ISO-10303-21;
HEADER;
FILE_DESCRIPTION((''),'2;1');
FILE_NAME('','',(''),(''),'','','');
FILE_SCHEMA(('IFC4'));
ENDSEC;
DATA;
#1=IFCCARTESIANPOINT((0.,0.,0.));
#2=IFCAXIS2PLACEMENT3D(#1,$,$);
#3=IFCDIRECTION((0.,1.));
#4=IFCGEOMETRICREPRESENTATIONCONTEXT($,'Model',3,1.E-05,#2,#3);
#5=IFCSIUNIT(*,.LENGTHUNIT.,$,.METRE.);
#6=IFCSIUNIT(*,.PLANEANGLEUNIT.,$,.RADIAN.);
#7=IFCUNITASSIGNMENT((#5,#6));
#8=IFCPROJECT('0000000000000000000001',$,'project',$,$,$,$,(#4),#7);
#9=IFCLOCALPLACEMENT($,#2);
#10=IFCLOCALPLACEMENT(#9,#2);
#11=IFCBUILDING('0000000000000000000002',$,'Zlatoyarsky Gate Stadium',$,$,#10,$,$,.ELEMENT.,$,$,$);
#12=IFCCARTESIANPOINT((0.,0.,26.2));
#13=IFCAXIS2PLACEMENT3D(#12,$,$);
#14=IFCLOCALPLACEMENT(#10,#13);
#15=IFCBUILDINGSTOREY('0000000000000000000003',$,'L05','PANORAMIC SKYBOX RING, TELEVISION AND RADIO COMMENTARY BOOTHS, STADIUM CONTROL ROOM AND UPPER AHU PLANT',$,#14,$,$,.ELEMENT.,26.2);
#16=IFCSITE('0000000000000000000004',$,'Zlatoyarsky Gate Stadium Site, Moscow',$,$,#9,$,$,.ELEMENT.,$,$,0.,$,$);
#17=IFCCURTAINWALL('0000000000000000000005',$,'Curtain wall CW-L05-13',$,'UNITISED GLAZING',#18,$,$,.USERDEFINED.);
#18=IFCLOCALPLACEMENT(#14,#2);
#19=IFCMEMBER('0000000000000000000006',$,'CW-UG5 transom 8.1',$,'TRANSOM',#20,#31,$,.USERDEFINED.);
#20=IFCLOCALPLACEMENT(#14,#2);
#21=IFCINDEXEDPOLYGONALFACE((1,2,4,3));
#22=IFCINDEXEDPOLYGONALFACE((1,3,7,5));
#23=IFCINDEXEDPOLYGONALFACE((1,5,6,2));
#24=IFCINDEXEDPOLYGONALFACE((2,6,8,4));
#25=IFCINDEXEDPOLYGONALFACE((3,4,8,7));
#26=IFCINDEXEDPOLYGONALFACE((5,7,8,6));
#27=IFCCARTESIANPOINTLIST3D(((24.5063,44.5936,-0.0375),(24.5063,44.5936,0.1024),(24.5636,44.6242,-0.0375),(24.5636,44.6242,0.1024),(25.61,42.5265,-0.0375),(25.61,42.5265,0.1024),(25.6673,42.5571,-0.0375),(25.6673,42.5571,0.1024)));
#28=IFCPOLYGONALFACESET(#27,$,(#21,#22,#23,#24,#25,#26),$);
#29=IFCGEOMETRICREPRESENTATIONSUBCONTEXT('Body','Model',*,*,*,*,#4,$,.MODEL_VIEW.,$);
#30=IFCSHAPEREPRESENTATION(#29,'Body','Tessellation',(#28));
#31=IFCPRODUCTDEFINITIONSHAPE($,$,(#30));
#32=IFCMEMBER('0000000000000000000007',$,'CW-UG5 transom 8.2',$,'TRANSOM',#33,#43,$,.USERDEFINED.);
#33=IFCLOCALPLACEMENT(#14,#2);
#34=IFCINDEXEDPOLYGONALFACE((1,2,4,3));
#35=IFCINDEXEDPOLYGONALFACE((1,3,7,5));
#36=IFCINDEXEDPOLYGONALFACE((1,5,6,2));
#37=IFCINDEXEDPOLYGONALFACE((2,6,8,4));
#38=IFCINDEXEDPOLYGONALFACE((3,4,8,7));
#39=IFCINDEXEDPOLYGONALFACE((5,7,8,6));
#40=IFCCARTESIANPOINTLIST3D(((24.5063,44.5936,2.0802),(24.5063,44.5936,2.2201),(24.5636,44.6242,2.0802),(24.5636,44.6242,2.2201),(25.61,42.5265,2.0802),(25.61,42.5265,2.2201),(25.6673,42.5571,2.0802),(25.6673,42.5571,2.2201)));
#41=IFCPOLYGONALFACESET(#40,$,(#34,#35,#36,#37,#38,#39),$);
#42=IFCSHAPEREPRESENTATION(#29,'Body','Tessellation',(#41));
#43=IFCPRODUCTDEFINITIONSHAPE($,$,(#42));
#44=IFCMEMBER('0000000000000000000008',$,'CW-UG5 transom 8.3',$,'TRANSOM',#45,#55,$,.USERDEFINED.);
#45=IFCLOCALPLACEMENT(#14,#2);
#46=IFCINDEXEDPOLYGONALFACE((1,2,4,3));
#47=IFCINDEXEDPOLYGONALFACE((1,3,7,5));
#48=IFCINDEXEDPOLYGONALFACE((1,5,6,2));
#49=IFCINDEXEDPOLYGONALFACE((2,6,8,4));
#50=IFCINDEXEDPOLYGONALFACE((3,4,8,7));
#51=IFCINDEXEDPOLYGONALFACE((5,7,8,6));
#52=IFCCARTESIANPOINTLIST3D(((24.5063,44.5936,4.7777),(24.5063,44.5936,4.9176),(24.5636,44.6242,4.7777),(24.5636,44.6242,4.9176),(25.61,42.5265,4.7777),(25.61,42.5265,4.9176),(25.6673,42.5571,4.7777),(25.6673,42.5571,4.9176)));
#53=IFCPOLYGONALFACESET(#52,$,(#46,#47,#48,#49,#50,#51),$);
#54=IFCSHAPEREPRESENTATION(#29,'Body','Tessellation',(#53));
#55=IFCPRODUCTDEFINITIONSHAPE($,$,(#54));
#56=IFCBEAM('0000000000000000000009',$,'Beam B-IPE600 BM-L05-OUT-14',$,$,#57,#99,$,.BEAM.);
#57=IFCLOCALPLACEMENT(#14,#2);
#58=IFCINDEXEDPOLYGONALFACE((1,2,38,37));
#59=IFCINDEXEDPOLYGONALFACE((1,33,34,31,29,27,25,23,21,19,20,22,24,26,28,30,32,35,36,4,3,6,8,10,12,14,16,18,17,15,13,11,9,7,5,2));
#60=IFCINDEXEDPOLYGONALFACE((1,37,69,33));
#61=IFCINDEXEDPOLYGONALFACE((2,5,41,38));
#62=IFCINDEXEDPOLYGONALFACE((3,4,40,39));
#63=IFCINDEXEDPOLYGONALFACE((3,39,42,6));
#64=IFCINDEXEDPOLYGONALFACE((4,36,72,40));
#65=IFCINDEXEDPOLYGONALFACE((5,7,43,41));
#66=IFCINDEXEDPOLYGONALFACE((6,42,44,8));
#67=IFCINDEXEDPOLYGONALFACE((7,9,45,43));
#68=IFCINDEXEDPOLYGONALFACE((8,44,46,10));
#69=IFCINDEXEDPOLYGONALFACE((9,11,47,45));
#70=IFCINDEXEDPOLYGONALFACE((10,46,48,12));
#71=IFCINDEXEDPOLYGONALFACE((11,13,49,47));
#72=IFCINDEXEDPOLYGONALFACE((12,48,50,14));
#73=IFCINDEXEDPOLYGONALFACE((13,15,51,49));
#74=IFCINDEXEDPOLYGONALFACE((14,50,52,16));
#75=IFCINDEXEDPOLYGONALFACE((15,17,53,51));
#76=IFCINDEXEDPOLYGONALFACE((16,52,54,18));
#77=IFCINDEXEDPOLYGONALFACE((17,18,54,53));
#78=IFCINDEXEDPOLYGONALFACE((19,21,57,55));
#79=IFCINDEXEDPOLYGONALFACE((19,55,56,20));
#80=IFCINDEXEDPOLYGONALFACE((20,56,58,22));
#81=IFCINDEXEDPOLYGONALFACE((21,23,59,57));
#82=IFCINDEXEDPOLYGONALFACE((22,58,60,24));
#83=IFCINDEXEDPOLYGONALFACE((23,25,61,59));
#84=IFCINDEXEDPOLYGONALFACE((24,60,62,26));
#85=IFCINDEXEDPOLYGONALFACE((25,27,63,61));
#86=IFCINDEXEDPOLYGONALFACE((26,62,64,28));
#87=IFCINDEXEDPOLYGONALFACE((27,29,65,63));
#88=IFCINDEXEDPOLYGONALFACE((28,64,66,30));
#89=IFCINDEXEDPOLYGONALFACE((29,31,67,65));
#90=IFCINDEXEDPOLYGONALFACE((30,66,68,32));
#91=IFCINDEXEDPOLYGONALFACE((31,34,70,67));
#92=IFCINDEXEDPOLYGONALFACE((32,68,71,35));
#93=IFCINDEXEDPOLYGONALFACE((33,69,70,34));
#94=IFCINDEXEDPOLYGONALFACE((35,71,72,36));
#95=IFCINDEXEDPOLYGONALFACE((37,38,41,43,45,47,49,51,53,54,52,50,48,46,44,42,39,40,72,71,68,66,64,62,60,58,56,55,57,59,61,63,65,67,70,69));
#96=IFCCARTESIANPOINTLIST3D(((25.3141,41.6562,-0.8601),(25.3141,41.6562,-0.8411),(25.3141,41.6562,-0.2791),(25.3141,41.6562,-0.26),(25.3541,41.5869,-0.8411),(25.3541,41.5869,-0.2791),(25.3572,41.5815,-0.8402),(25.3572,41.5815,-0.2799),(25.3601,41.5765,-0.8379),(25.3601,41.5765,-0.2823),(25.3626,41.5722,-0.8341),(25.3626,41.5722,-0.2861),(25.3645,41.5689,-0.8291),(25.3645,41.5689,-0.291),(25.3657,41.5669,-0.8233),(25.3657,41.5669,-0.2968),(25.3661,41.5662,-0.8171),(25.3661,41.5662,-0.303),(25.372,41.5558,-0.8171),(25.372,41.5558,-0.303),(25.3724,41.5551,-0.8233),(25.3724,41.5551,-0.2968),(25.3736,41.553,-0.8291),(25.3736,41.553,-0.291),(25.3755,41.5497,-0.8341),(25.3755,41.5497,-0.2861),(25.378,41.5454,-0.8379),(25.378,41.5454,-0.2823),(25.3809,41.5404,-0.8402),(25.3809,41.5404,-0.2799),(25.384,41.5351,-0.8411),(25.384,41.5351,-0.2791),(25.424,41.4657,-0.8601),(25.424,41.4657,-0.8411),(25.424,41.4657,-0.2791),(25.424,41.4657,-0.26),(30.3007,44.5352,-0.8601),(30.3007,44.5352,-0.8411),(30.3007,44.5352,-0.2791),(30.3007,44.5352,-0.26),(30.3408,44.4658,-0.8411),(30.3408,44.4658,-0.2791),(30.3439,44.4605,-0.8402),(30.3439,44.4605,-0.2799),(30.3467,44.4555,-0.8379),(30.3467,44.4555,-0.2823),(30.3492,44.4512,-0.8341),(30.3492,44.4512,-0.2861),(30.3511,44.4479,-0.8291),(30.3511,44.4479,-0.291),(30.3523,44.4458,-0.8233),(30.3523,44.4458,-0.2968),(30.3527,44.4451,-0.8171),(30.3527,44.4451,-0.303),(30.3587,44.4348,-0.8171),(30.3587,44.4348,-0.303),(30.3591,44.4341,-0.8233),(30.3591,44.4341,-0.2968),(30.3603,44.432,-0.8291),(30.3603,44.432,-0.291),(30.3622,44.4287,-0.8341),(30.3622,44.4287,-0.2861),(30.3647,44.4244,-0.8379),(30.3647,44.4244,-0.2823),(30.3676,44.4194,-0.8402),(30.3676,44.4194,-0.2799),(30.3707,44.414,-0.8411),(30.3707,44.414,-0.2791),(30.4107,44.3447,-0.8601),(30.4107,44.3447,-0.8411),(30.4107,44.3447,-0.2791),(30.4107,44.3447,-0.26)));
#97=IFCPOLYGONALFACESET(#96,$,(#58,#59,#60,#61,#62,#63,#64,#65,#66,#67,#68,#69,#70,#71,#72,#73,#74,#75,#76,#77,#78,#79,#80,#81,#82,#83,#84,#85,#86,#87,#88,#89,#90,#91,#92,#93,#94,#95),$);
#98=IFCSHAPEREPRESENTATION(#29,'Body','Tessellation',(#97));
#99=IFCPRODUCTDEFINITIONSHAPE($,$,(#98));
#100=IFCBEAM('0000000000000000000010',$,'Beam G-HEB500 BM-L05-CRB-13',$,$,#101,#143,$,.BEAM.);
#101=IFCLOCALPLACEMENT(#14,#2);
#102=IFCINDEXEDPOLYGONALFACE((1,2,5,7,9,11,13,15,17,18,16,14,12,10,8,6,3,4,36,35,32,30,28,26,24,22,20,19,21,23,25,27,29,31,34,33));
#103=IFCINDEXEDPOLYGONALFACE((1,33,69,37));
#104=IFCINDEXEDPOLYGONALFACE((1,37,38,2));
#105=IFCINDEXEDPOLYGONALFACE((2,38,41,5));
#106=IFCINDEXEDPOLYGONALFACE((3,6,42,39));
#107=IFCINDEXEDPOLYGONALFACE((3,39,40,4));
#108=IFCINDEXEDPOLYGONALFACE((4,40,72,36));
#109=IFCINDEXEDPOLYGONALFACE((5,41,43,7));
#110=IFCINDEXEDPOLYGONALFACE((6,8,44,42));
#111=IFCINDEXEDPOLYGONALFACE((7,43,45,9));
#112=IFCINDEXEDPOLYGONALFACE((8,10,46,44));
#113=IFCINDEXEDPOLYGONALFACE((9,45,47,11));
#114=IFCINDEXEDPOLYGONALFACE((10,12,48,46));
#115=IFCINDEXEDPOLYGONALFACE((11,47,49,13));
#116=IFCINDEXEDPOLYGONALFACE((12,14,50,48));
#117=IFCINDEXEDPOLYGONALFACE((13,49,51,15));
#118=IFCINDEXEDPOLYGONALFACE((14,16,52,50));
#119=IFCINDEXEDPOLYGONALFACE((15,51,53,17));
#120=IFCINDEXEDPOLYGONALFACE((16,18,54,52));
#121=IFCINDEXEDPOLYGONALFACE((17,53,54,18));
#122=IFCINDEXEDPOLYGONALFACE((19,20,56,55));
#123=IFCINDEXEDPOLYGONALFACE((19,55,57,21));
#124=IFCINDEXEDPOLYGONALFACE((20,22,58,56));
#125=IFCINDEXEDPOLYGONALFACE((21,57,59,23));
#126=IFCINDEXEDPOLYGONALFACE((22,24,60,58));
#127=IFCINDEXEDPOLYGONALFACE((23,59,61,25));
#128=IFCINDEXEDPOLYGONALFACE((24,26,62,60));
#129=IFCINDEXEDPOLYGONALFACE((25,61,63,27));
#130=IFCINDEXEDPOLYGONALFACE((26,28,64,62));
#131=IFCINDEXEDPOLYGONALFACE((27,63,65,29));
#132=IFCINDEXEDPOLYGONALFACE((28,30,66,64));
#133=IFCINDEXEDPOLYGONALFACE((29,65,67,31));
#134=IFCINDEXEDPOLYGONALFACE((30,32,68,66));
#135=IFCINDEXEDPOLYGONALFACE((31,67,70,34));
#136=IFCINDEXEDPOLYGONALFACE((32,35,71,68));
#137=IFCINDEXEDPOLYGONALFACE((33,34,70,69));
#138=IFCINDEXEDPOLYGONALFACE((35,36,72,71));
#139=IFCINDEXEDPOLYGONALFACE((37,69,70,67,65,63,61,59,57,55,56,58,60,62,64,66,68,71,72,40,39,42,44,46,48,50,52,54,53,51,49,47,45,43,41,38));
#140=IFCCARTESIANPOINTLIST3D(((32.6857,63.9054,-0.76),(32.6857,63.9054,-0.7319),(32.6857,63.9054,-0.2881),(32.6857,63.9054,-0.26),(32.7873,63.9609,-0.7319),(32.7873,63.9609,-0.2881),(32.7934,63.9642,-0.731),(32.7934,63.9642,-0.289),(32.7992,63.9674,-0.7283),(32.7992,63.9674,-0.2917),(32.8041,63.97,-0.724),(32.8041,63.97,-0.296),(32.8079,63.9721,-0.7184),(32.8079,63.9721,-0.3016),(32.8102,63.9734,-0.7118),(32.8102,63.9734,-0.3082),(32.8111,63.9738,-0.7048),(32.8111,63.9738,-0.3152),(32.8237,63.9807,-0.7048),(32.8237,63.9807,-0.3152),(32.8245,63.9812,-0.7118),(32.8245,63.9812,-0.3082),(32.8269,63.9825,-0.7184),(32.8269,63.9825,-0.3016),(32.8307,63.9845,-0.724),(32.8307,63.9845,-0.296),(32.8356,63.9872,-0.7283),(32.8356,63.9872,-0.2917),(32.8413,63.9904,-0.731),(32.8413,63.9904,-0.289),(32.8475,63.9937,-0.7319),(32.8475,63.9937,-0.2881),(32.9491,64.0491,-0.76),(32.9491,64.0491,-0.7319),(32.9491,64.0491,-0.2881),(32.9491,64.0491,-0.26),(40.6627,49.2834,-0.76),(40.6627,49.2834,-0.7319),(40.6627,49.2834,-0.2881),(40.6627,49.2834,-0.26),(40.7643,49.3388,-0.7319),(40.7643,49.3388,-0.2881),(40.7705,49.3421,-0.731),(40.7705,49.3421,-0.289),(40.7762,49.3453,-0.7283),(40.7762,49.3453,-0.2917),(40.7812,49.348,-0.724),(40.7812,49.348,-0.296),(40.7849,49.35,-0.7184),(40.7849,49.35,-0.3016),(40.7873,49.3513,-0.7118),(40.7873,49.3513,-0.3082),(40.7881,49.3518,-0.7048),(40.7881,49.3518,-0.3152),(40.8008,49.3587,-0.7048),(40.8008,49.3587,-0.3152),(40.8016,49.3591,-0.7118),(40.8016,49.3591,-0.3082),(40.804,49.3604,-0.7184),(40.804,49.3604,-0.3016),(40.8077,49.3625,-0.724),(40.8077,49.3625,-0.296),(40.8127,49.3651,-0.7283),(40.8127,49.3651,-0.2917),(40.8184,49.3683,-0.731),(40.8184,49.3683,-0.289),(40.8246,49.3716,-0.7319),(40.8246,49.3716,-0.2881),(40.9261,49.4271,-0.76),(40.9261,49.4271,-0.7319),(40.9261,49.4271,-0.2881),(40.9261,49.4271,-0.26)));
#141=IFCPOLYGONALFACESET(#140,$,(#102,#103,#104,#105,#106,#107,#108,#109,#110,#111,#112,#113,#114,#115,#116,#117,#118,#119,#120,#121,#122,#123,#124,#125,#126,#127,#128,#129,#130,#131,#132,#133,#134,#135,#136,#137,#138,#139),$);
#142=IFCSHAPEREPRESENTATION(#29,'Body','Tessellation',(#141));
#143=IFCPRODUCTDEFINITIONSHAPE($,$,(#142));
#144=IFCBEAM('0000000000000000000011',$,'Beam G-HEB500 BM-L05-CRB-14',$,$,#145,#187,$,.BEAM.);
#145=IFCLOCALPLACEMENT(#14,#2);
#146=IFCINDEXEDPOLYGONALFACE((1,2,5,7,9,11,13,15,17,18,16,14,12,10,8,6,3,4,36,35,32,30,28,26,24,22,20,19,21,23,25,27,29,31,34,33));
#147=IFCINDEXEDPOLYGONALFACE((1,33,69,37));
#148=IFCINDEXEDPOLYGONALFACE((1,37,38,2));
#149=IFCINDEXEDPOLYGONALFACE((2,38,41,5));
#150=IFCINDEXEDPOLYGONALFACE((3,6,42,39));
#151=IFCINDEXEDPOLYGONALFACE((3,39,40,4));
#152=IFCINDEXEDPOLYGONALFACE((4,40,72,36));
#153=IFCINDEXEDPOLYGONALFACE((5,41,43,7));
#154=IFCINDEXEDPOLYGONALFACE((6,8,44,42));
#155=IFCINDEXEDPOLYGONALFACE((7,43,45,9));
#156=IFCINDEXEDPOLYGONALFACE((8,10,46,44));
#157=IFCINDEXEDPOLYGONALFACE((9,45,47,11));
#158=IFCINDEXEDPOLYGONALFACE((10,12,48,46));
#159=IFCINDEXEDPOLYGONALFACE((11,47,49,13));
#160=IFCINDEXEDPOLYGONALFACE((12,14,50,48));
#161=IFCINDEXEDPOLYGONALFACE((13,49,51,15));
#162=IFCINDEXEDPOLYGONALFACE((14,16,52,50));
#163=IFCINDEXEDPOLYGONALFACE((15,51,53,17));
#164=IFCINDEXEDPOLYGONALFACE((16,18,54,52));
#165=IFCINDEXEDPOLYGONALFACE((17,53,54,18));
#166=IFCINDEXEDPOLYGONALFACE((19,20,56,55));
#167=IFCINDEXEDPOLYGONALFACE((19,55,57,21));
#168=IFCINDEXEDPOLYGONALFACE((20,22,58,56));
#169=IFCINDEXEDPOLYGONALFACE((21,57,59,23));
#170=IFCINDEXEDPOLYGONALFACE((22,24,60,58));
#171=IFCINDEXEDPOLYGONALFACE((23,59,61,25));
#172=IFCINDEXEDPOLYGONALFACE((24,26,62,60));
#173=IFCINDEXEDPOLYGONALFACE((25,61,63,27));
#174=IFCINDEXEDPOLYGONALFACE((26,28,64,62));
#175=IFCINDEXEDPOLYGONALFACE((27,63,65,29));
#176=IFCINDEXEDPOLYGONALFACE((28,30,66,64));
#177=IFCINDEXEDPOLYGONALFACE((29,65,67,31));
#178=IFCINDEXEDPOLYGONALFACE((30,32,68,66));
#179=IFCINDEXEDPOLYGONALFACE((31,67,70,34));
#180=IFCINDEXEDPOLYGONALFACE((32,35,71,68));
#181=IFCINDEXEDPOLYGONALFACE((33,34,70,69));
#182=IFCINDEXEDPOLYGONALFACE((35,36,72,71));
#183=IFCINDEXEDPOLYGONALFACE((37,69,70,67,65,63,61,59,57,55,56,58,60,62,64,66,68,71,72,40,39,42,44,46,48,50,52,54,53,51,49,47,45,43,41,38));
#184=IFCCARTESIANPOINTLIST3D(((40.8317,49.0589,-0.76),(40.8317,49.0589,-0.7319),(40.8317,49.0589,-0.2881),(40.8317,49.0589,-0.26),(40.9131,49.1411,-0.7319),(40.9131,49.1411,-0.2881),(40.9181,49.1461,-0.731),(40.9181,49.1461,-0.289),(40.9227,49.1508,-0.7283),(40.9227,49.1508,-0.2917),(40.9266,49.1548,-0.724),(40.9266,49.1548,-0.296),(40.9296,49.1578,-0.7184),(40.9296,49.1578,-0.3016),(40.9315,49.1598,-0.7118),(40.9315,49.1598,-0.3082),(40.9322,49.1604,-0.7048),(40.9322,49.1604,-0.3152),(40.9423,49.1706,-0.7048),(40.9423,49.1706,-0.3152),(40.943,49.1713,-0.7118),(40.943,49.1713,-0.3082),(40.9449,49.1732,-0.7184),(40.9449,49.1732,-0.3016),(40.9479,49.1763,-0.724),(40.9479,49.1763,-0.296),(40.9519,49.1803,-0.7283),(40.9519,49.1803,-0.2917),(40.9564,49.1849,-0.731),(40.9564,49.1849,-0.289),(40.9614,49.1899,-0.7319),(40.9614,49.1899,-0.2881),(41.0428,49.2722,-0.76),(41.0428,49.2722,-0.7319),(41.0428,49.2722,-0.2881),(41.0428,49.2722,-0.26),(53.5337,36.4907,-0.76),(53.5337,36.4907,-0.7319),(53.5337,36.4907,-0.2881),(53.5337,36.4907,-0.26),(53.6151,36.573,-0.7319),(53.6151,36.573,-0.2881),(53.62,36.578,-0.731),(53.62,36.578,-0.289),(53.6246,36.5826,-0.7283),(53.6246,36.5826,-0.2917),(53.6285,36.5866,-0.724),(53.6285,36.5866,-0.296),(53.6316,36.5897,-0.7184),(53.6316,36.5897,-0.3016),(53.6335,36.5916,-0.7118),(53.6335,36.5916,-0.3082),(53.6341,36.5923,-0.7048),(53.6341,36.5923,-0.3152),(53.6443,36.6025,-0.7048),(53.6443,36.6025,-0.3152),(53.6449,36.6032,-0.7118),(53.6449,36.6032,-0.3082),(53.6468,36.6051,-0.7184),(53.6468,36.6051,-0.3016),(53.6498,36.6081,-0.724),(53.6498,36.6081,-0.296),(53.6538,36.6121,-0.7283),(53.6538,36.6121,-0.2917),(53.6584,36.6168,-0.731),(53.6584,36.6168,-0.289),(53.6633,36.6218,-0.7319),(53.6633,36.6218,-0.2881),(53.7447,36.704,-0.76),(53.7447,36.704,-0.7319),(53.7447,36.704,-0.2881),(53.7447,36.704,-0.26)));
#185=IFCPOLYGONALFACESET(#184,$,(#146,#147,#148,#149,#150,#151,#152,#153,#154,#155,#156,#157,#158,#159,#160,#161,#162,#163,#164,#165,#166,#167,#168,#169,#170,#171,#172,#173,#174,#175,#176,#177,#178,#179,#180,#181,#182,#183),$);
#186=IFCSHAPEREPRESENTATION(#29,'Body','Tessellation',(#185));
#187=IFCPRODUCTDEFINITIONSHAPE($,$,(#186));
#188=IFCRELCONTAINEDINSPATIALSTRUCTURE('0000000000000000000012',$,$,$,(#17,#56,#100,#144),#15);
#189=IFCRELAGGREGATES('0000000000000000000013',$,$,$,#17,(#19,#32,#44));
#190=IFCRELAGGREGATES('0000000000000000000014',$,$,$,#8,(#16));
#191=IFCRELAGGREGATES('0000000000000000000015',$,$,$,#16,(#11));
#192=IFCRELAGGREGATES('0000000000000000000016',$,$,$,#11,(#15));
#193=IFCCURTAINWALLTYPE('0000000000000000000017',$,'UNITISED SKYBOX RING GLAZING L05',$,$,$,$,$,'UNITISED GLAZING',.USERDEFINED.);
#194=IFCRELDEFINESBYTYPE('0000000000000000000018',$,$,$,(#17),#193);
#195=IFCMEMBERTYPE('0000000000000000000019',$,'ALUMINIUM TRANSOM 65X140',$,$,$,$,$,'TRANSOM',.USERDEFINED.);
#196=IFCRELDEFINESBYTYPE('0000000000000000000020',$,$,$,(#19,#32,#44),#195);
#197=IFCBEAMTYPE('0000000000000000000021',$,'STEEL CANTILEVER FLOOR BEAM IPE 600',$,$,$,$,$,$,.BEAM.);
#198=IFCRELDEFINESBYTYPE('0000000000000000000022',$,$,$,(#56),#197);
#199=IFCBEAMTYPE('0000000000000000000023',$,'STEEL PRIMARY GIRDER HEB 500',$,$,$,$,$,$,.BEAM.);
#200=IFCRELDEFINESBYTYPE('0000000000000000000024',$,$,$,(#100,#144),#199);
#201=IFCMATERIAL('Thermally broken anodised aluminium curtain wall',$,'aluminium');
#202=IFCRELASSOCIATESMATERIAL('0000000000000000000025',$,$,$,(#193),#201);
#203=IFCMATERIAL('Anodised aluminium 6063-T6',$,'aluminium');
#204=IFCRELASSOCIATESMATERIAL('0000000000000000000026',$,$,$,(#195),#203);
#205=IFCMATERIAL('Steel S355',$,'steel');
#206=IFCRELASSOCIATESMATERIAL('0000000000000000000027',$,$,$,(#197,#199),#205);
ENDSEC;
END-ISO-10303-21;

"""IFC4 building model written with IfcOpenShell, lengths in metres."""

from ifc_helpers import new_model, si_unit, direction, frame, origin, origin_2d, place, context, subcontext, project, spatial, rectangle, i_section, extrude, material, material_profile, profile_set, type_object, element, aggregate, save


model = new_model("IFC4")

# Units and contexts
model_context = context("Model", 3, precision=1e-05, world=origin(), true_north=direction((0.0, 1.0)))
body_context = subcontext(model_context, "Body", "Model", "MODEL_VIEW")
ifc_project = project(units=[si_unit("LENGTHUNIT", "METRE"), si_unit("PLANEANGLEUNIT", "RADIAN")], contexts=[model_context])

# Site, building, storey
site_placement = place(None, origin())
site = spatial("IfcSite", under=ifc_project, at=site_placement, Name="Zlatoyarsky Gate Stadium Site, Moscow", CompositionType="ELEMENT", RefElevation=0.0)
building_placement = place(site_placement, origin())
building = spatial("IfcBuilding", under=site, at=building_placement, Name="Zlatoyarsky Gate Stadium", CompositionType="ELEMENT")
storey_placement = place(building_placement, frame((0.0, 0.0, 26.2)))
storey = spatial("IfcBuildingStorey", under=building, at=storey_placement, Name="L05", Description="PANORAMIC SKYBOX RING, TELEVISION AND RADIO COMMENTARY BOOTHS, STADIUM CONTROL ROOM AND UPPER AHU PLANT", CompositionType="ELEMENT", Elevation=26.2)

# Shared definitions
ifc_material_1 = material(Name="Steel S355", Category="steel")

# Curtain wall, members
ifc_material_2 = material(Name="Thermally broken anodised aluminium curtain wall", Category="aluminium")
curtain_wall_type = type_object("IfcCurtainWallType", Name="UNITISED SKYBOX RING GLAZING L05", ElementType="UNITISED GLAZING", PredefinedType="USERDEFINED", material=ifc_material_2)
curtain_wall_placement = place(storey_placement, origin())
curtain_wall = element("IfcCurtainWall", 1, at=curtain_wall_placement, inside=storey, type_object=curtain_wall_type, Name="Curtain wall CW-L05-13", ObjectType="UNITISED GLAZING", PredefinedType="USERDEFINED")
ifc_material_3 = material(Name="Anodised aluminium 6063-T6", Category="aluminium")
ifc_material_profile_1 = material_profile(ifc_material_3, rectangle(XDim=0.0649, YDim=0.1399, at=origin_2d()), Name="ALU 65X140")
ifc_profile_set_1 = profile_set([ifc_material_profile_1], Name="Anodised aluminium 6063-T6")
member_type_1 = type_object("IfcMemberType", Name="ALUMINIUM TRANSOM 65X140", ElementType="TRANSOM", PredefinedType="USERDEFINED", material=ifc_profile_set_1)
member_1_placement = place(storey_placement, frame((24.5349, 44.6089, 0.0325), z_axis=(0.471015, -0.882125, 0.0), x_axis=(0.882125, 0.471015, 0.0)))
member_1 = element("IfcMember", 2, at=member_1_placement, type_object=member_type_1, Name="CW-UG5 transom 8.1", ObjectType="TRANSOM", PredefinedType="USERDEFINED", context=body_context, shape_type="SweptSolid", body=[
    extrude(rectangle(XDim=0.0649, YDim=0.1399, at=origin_2d()), origin(), (0.0, 0.0, 1.0), 2.3433),
])
member_2_placement = place(storey_placement, frame((24.5349, 44.6089, 2.1501), z_axis=(0.471015, -0.882125, 0.0), x_axis=(0.882125, 0.471015, 0.0)))
member_2 = element("IfcMember", 3, at=member_2_placement, type_object=member_type_1, Name="CW-UG5 transom 8.2", ObjectType="TRANSOM", PredefinedType="USERDEFINED", context=body_context, shape_type="SweptSolid", body=[
    extrude(rectangle(XDim=0.0649, YDim=0.1399, at=origin_2d()), origin(), (0.0, 0.0, 1.0), 2.3433),
])
member_3_placement = place(storey_placement, frame((24.5349, 44.6089, 4.8477), z_axis=(0.471015, -0.882125, 0.0), x_axis=(0.882125, 0.471015, 0.0)))
member_3 = element("IfcMember", 4, at=member_3_placement, type_object=member_type_1, Name="CW-UG5 transom 8.3", ObjectType="TRANSOM", PredefinedType="USERDEFINED", context=body_context, shape_type="SweptSolid", body=[
    extrude(rectangle(XDim=0.0649, YDim=0.1399, at=origin_2d()), origin(), (0.0, 0.0, 1.0), 2.3433),
])

# Beams
ifc_material_profile_2 = material_profile(ifc_material_1, i_section(OverallWidth=0.22, OverallDepth=0.6001, WebThickness=0.012, FlangeThickness=0.019, FilletRadius=0.0239, at=origin_2d()), Name="IPE 600")
ifc_profile_set_2 = profile_set([ifc_material_profile_2], Name="Steel S355")
beam_type_1 = type_object("IfcBeamType", Name="STEEL CANTILEVER FLOOR BEAM IPE 600", PredefinedType="BEAM", material=ifc_profile_set_2)
beam_1_placement = place(storey_placement, frame((30.3557, 44.4399, -0.5601), z_axis=(-0.866032, -0.499988, 0.0), x_axis=(0.499988, -0.866032, 0.0)))
element("IfcBeam", 5, at=beam_1_placement, inside=storey, type_object=beam_type_1, Name="Beam B-IPE600 BM-L05-OUT-14", PredefinedType="BEAM", context=body_context, shape_type="SweptSolid", body=[
    extrude(i_section(OverallWidth=0.22, OverallDepth=0.6001, WebThickness=0.012, FlangeThickness=0.019, FilletRadius=0.0239, at=origin_2d()), origin(), (0.0, 0.0, 1.0), 5.7581),
])
ifc_material_profile_3 = material_profile(ifc_material_1, i_section(OverallWidth=0.3, OverallDepth=0.5, WebThickness=0.0144, FlangeThickness=0.0281, FilletRadius=0.0271, at=origin_2d()), Name="HEB 500")
ifc_profile_set_3 = profile_set([ifc_material_profile_3], Name="Steel S355")
beam_type_2 = type_object("IfcBeamType", Name="STEEL PRIMARY GIRDER HEB 500", PredefinedType="BEAM", material=ifc_profile_set_3)
beam_2_placement = place(storey_placement, frame((32.8174, 63.9773, -0.51), z_axis=(0.478916, -0.877861, 0.0), x_axis=(0.877861, 0.478916, 0.0)))
element("IfcBeam", 6, at=beam_2_placement, inside=storey, type_object=beam_type_2, Name="Beam G-HEB500 BM-L05-CRB-13", PredefinedType="BEAM", context=body_context, shape_type="SweptSolid", body=[
    extrude(i_section(OverallWidth=0.3, OverallDepth=0.5, WebThickness=0.0144, FlangeThickness=0.0281, FilletRadius=0.0271, at=origin_2d()), origin(), (0.0, 0.0, 1.0), 16.6565),
])
beam_3_placement = place(storey_placement, frame((40.9373, 49.1655, -0.51), z_axis=(0.710841, -0.703353, 0.0), x_axis=(0.703353, 0.710841, 0.0)))
element("IfcBeam", 7, at=beam_3_placement, inside=storey, type_object=beam_type_2, Name="Beam G-HEB500 BM-L05-CRB-14", PredefinedType="BEAM", context=body_context, shape_type="SweptSolid", body=[
    extrude(i_section(OverallWidth=0.3, OverallDepth=0.5, WebThickness=0.0144, FlangeThickness=0.0281, FilletRadius=0.0271, at=origin_2d()), origin(), (0.0, 0.0, 1.0), 17.8689),
])

aggregate(curtain_wall, [member_1, member_2, member_3])

save(model, "model.ifc")
